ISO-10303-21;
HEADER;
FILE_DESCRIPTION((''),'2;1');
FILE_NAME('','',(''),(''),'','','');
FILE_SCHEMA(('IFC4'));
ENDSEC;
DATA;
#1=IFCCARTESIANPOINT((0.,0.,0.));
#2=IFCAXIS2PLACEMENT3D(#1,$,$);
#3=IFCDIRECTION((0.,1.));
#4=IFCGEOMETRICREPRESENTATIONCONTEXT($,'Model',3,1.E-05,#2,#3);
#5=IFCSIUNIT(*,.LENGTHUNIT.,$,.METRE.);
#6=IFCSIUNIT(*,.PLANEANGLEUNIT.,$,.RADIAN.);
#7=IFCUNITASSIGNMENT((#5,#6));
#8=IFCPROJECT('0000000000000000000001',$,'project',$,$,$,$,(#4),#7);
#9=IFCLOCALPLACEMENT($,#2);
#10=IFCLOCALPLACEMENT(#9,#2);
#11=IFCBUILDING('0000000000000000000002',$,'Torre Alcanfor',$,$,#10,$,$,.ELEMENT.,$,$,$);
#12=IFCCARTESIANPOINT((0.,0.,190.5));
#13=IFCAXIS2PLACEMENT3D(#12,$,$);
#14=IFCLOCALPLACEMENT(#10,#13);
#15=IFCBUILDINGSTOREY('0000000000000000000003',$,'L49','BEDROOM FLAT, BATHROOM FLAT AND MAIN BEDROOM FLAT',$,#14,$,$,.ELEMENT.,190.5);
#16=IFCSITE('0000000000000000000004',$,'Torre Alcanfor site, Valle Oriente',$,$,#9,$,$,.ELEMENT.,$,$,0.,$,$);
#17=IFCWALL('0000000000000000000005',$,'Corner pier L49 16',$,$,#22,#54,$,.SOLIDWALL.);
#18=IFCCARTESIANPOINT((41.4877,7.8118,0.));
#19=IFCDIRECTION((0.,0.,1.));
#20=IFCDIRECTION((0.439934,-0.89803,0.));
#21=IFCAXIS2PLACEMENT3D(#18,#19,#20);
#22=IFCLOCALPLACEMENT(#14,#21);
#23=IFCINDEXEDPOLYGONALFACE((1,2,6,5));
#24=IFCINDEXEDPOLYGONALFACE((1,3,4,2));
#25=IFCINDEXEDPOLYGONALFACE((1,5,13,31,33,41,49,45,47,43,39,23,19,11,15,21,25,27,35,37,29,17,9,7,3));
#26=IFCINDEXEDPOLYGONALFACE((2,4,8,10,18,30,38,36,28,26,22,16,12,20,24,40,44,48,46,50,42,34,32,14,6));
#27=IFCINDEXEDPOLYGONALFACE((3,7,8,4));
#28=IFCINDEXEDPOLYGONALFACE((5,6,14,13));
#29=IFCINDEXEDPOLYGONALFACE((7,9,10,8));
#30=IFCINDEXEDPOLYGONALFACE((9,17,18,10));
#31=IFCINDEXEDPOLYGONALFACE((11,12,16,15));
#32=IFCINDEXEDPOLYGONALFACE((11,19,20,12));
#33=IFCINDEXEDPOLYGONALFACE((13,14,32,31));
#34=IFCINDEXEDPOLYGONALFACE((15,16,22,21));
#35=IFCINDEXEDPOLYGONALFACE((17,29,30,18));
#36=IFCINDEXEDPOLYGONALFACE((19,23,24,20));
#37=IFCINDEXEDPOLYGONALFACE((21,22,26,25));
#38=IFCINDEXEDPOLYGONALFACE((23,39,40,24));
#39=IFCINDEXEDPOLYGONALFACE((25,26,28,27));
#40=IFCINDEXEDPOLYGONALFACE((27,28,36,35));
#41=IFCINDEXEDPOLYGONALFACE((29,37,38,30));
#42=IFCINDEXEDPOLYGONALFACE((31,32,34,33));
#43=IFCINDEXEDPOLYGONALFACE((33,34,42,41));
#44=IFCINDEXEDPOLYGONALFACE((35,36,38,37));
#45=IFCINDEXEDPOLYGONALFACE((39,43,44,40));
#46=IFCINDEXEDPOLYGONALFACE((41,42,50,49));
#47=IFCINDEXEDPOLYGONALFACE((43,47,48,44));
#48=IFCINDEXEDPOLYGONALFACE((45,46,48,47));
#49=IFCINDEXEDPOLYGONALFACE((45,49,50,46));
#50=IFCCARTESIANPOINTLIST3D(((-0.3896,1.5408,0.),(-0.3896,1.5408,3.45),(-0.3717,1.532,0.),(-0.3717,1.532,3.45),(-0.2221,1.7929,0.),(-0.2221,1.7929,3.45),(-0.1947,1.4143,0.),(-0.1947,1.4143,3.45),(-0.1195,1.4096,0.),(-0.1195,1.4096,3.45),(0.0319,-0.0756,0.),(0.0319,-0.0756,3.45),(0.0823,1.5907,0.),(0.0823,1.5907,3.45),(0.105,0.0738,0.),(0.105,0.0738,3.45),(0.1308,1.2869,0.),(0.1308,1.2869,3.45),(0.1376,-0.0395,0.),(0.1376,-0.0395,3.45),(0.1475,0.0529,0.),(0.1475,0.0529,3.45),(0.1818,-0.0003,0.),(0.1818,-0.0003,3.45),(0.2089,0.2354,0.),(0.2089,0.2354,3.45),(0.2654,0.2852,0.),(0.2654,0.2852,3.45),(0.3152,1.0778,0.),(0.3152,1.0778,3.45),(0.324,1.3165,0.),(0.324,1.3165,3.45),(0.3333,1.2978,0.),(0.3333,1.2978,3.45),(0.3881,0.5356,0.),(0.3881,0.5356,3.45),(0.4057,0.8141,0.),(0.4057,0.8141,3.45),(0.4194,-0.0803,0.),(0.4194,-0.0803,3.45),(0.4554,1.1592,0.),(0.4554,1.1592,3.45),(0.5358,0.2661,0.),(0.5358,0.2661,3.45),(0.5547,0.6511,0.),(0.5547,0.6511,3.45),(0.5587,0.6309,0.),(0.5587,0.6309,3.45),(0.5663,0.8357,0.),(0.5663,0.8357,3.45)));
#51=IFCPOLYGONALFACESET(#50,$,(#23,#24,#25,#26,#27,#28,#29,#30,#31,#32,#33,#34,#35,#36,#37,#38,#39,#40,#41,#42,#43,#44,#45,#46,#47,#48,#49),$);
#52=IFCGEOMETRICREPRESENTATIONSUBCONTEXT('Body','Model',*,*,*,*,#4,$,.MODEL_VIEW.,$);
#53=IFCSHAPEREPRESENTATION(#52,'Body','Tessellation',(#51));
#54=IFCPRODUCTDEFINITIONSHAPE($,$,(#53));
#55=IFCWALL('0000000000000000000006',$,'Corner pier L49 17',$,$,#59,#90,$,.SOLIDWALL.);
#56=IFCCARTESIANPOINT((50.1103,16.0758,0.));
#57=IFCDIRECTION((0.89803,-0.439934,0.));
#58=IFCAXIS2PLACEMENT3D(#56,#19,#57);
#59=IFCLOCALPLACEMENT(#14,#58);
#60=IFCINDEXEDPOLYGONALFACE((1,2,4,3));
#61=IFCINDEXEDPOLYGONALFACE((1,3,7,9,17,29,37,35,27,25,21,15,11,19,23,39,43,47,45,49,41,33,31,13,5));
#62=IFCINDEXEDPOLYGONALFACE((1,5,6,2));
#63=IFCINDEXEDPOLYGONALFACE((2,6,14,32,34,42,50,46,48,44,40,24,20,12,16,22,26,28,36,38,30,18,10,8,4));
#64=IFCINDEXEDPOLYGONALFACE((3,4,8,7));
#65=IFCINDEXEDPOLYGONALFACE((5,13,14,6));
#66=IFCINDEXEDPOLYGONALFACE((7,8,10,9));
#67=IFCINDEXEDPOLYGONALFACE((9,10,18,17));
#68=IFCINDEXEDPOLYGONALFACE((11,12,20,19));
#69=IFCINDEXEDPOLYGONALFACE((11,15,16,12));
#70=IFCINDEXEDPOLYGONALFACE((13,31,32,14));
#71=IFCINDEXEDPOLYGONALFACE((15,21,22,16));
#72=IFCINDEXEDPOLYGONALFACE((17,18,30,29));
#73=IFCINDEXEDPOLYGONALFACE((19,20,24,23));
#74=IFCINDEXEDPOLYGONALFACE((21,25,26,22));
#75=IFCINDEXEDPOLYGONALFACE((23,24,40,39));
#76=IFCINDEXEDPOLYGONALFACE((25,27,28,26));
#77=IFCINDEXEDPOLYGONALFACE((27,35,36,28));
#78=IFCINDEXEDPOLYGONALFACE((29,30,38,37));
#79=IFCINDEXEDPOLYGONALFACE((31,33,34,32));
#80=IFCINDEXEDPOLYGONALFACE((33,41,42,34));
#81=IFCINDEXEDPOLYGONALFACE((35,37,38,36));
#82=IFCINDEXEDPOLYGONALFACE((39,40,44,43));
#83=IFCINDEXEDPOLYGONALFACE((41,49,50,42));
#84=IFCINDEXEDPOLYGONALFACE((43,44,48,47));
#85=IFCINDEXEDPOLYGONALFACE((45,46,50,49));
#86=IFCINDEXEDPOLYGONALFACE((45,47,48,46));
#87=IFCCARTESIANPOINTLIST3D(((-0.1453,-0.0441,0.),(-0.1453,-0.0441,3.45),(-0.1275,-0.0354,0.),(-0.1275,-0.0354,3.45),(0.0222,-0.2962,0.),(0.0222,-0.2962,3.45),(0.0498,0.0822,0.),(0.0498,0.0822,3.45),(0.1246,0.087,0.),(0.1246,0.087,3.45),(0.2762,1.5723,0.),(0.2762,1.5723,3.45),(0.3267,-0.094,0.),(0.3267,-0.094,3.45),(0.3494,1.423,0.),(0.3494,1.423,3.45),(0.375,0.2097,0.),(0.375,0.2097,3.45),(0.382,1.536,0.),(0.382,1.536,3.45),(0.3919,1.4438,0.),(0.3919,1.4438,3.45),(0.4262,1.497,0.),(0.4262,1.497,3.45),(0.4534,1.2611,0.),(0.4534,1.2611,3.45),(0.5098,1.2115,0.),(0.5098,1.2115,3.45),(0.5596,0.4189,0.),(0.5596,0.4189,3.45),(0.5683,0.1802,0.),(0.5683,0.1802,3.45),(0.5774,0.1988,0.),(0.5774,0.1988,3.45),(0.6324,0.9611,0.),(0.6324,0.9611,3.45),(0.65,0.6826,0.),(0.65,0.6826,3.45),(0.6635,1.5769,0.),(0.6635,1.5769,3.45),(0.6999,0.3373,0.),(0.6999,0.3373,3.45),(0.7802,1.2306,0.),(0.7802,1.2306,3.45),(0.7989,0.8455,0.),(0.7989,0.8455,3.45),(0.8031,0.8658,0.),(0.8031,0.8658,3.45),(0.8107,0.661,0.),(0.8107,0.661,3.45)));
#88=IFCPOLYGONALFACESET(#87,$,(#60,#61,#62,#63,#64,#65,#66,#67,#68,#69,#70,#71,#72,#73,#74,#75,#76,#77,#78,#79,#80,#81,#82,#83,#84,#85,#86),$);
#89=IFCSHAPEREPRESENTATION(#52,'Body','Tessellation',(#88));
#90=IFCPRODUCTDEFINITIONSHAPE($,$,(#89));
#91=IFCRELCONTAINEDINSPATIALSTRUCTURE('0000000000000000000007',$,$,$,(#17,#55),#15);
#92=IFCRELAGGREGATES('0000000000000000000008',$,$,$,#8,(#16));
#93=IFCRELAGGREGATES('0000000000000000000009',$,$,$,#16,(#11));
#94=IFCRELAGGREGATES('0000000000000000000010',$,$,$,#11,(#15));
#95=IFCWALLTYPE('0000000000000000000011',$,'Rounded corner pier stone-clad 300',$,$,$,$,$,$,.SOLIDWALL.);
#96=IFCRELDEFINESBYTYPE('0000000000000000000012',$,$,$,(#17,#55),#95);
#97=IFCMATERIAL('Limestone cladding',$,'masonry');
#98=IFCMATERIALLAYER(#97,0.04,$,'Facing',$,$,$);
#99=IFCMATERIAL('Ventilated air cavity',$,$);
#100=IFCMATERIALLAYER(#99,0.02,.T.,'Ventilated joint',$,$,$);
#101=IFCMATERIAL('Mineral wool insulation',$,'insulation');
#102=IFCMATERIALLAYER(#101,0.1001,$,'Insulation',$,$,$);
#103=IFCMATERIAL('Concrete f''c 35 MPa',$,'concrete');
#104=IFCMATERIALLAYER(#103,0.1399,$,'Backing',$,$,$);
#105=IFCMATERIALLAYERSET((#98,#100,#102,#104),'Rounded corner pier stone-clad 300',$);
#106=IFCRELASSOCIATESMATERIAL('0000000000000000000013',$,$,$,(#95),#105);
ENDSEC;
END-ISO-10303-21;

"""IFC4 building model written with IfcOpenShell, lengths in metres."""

from ifc_helpers import new_model, si_unit, direction, frame, origin, place, context, subcontext, project, spatial, polyline, outline, extrude, material, layer, layer_set, type_object, element, save


model = new_model("IFC4")

# Units and contexts
model_context = context("Model", 3, precision=1e-05, world=origin(), true_north=direction((0.0, 1.0)))
body_context = subcontext(model_context, "Body", "Model", "MODEL_VIEW")
ifc_project = project(units=[si_unit("LENGTHUNIT", "METRE"), si_unit("PLANEANGLEUNIT", "RADIAN")], contexts=[model_context])

# Site, building, storey
site_placement = place(None, origin())
site = spatial("IfcSite", under=ifc_project, at=site_placement, Name="Torre Alcanfor site, Valle Oriente", CompositionType="ELEMENT", RefElevation=0.0)
building_placement = place(site_placement, origin())
building = spatial("IfcBuilding", under=site, at=building_placement, Name="Torre Alcanfor", CompositionType="ELEMENT")
storey_placement = place(building_placement, frame((0.0, 0.0, 190.5)))
storey = spatial("IfcBuildingStorey", under=building, at=storey_placement, Name="L49", Description="BEDROOM FLAT, BATHROOM FLAT AND MAIN BEDROOM FLAT", CompositionType="ELEMENT", Elevation=190.5)

# Shared definitions
ifc_material_1 = material(Name="Limestone cladding", Category="masonry")
ifc_material_2 = material(Name="Ventilated air cavity")
ifc_material_3 = material(Name="Mineral wool insulation", Category="insulation")
ifc_material_4 = material(Name="Concrete f'c 35 MPa", Category="concrete")

# Walls
ifc_layer_1 = layer(ifc_material_1, 0.04, Name="Facing")
ifc_layer_2 = layer(ifc_material_2, 0.02, ventilated=True, Name="Ventilated joint")
ifc_layer_3 = layer(ifc_material_3, 0.1001, Name="Insulation")
ifc_layer_4 = layer(ifc_material_4, 0.1399, Name="Backing")
ifc_layer_set_1 = layer_set([ifc_layer_1, ifc_layer_2, ifc_layer_3, ifc_layer_4], Name="Rounded corner pier stone-clad 300")
wall_type_1 = type_object("IfcWallType", Name="Rounded corner pier stone-clad 300", PredefinedType="SOLIDWALL", material=ifc_layer_set_1)
wall_1_placement = place(storey_placement, frame((41.4877, 7.8118, 0.0), z_axis=(0.0, 0.0, 1.0), x_axis=(0.439934, -0.89803, 0.0)))
element("IfcWall", 1, at=wall_1_placement, inside=storey, type_object=wall_type_1, Name="Corner pier L49 16", PredefinedType="SOLIDWALL", context=body_context, shape_type="SweptSolid", body=[
    extrude(outline(polyline([(-0.2221, 1.7929), (-0.3896, 1.5408), (-0.3717, 1.532), (-0.1947, 1.4143), (-0.1195, 1.4096), (0.1308, 1.2869), (0.3152, 1.0778), (0.4057, 0.8141), (0.3881, 0.5356), (0.2654, 0.2852), (0.2089, 0.2354), (0.1475, 0.0529), (0.105, 0.0738), (0.0319, -0.0756), (0.1376, -0.0395), (0.1818, -0.0003), (0.4194, -0.0803), (0.5358, 0.2661), (0.5587, 0.6309), (0.5547, 0.6511), (0.5663, 0.8357), (0.4554, 1.1592), (0.3333, 1.2978), (0.324, 1.3165), (0.0823, 1.5907), (-0.2221, 1.7929)])), origin(), (0.0, 0.0, 1.0), 3.45),
])
wall_2_placement = place(storey_placement, frame((50.1103, 16.0758, 0.0), z_axis=(0.0, 0.0, 1.0), x_axis=(0.89803, -0.439934, 0.0)))
element("IfcWall", 2, at=wall_2_placement, inside=storey, type_object=wall_type_1, Name="Corner pier L49 17", PredefinedType="SOLIDWALL", context=body_context, shape_type="SweptSolid", body=[
    extrude(outline(polyline([(0.6635, 1.5769), (0.4262, 1.497), (0.382, 1.536), (0.2762, 1.5723), (0.3494, 1.423), (0.3919, 1.4438), (0.4534, 1.2611), (0.5098, 1.2115), (0.6324, 0.9611), (0.65, 0.6826), (0.5596, 0.4189), (0.375, 0.2097), (0.1246, 0.087), (0.0498, 0.0822), (-0.1275, -0.0354), (-0.1453, -0.0441), (0.0222, -0.2962), (0.3267, -0.094), (0.5683, 0.1802), (0.5774, 0.1988), (0.6999, 0.3373), (0.8107, 0.661), (0.7989, 0.8455), (0.8031, 0.8658), (0.7802, 1.2306), (0.6635, 1.5769)])), origin(), (0.0, 0.0, 1.0), 3.45),
])

save(model, "model.ifc")
